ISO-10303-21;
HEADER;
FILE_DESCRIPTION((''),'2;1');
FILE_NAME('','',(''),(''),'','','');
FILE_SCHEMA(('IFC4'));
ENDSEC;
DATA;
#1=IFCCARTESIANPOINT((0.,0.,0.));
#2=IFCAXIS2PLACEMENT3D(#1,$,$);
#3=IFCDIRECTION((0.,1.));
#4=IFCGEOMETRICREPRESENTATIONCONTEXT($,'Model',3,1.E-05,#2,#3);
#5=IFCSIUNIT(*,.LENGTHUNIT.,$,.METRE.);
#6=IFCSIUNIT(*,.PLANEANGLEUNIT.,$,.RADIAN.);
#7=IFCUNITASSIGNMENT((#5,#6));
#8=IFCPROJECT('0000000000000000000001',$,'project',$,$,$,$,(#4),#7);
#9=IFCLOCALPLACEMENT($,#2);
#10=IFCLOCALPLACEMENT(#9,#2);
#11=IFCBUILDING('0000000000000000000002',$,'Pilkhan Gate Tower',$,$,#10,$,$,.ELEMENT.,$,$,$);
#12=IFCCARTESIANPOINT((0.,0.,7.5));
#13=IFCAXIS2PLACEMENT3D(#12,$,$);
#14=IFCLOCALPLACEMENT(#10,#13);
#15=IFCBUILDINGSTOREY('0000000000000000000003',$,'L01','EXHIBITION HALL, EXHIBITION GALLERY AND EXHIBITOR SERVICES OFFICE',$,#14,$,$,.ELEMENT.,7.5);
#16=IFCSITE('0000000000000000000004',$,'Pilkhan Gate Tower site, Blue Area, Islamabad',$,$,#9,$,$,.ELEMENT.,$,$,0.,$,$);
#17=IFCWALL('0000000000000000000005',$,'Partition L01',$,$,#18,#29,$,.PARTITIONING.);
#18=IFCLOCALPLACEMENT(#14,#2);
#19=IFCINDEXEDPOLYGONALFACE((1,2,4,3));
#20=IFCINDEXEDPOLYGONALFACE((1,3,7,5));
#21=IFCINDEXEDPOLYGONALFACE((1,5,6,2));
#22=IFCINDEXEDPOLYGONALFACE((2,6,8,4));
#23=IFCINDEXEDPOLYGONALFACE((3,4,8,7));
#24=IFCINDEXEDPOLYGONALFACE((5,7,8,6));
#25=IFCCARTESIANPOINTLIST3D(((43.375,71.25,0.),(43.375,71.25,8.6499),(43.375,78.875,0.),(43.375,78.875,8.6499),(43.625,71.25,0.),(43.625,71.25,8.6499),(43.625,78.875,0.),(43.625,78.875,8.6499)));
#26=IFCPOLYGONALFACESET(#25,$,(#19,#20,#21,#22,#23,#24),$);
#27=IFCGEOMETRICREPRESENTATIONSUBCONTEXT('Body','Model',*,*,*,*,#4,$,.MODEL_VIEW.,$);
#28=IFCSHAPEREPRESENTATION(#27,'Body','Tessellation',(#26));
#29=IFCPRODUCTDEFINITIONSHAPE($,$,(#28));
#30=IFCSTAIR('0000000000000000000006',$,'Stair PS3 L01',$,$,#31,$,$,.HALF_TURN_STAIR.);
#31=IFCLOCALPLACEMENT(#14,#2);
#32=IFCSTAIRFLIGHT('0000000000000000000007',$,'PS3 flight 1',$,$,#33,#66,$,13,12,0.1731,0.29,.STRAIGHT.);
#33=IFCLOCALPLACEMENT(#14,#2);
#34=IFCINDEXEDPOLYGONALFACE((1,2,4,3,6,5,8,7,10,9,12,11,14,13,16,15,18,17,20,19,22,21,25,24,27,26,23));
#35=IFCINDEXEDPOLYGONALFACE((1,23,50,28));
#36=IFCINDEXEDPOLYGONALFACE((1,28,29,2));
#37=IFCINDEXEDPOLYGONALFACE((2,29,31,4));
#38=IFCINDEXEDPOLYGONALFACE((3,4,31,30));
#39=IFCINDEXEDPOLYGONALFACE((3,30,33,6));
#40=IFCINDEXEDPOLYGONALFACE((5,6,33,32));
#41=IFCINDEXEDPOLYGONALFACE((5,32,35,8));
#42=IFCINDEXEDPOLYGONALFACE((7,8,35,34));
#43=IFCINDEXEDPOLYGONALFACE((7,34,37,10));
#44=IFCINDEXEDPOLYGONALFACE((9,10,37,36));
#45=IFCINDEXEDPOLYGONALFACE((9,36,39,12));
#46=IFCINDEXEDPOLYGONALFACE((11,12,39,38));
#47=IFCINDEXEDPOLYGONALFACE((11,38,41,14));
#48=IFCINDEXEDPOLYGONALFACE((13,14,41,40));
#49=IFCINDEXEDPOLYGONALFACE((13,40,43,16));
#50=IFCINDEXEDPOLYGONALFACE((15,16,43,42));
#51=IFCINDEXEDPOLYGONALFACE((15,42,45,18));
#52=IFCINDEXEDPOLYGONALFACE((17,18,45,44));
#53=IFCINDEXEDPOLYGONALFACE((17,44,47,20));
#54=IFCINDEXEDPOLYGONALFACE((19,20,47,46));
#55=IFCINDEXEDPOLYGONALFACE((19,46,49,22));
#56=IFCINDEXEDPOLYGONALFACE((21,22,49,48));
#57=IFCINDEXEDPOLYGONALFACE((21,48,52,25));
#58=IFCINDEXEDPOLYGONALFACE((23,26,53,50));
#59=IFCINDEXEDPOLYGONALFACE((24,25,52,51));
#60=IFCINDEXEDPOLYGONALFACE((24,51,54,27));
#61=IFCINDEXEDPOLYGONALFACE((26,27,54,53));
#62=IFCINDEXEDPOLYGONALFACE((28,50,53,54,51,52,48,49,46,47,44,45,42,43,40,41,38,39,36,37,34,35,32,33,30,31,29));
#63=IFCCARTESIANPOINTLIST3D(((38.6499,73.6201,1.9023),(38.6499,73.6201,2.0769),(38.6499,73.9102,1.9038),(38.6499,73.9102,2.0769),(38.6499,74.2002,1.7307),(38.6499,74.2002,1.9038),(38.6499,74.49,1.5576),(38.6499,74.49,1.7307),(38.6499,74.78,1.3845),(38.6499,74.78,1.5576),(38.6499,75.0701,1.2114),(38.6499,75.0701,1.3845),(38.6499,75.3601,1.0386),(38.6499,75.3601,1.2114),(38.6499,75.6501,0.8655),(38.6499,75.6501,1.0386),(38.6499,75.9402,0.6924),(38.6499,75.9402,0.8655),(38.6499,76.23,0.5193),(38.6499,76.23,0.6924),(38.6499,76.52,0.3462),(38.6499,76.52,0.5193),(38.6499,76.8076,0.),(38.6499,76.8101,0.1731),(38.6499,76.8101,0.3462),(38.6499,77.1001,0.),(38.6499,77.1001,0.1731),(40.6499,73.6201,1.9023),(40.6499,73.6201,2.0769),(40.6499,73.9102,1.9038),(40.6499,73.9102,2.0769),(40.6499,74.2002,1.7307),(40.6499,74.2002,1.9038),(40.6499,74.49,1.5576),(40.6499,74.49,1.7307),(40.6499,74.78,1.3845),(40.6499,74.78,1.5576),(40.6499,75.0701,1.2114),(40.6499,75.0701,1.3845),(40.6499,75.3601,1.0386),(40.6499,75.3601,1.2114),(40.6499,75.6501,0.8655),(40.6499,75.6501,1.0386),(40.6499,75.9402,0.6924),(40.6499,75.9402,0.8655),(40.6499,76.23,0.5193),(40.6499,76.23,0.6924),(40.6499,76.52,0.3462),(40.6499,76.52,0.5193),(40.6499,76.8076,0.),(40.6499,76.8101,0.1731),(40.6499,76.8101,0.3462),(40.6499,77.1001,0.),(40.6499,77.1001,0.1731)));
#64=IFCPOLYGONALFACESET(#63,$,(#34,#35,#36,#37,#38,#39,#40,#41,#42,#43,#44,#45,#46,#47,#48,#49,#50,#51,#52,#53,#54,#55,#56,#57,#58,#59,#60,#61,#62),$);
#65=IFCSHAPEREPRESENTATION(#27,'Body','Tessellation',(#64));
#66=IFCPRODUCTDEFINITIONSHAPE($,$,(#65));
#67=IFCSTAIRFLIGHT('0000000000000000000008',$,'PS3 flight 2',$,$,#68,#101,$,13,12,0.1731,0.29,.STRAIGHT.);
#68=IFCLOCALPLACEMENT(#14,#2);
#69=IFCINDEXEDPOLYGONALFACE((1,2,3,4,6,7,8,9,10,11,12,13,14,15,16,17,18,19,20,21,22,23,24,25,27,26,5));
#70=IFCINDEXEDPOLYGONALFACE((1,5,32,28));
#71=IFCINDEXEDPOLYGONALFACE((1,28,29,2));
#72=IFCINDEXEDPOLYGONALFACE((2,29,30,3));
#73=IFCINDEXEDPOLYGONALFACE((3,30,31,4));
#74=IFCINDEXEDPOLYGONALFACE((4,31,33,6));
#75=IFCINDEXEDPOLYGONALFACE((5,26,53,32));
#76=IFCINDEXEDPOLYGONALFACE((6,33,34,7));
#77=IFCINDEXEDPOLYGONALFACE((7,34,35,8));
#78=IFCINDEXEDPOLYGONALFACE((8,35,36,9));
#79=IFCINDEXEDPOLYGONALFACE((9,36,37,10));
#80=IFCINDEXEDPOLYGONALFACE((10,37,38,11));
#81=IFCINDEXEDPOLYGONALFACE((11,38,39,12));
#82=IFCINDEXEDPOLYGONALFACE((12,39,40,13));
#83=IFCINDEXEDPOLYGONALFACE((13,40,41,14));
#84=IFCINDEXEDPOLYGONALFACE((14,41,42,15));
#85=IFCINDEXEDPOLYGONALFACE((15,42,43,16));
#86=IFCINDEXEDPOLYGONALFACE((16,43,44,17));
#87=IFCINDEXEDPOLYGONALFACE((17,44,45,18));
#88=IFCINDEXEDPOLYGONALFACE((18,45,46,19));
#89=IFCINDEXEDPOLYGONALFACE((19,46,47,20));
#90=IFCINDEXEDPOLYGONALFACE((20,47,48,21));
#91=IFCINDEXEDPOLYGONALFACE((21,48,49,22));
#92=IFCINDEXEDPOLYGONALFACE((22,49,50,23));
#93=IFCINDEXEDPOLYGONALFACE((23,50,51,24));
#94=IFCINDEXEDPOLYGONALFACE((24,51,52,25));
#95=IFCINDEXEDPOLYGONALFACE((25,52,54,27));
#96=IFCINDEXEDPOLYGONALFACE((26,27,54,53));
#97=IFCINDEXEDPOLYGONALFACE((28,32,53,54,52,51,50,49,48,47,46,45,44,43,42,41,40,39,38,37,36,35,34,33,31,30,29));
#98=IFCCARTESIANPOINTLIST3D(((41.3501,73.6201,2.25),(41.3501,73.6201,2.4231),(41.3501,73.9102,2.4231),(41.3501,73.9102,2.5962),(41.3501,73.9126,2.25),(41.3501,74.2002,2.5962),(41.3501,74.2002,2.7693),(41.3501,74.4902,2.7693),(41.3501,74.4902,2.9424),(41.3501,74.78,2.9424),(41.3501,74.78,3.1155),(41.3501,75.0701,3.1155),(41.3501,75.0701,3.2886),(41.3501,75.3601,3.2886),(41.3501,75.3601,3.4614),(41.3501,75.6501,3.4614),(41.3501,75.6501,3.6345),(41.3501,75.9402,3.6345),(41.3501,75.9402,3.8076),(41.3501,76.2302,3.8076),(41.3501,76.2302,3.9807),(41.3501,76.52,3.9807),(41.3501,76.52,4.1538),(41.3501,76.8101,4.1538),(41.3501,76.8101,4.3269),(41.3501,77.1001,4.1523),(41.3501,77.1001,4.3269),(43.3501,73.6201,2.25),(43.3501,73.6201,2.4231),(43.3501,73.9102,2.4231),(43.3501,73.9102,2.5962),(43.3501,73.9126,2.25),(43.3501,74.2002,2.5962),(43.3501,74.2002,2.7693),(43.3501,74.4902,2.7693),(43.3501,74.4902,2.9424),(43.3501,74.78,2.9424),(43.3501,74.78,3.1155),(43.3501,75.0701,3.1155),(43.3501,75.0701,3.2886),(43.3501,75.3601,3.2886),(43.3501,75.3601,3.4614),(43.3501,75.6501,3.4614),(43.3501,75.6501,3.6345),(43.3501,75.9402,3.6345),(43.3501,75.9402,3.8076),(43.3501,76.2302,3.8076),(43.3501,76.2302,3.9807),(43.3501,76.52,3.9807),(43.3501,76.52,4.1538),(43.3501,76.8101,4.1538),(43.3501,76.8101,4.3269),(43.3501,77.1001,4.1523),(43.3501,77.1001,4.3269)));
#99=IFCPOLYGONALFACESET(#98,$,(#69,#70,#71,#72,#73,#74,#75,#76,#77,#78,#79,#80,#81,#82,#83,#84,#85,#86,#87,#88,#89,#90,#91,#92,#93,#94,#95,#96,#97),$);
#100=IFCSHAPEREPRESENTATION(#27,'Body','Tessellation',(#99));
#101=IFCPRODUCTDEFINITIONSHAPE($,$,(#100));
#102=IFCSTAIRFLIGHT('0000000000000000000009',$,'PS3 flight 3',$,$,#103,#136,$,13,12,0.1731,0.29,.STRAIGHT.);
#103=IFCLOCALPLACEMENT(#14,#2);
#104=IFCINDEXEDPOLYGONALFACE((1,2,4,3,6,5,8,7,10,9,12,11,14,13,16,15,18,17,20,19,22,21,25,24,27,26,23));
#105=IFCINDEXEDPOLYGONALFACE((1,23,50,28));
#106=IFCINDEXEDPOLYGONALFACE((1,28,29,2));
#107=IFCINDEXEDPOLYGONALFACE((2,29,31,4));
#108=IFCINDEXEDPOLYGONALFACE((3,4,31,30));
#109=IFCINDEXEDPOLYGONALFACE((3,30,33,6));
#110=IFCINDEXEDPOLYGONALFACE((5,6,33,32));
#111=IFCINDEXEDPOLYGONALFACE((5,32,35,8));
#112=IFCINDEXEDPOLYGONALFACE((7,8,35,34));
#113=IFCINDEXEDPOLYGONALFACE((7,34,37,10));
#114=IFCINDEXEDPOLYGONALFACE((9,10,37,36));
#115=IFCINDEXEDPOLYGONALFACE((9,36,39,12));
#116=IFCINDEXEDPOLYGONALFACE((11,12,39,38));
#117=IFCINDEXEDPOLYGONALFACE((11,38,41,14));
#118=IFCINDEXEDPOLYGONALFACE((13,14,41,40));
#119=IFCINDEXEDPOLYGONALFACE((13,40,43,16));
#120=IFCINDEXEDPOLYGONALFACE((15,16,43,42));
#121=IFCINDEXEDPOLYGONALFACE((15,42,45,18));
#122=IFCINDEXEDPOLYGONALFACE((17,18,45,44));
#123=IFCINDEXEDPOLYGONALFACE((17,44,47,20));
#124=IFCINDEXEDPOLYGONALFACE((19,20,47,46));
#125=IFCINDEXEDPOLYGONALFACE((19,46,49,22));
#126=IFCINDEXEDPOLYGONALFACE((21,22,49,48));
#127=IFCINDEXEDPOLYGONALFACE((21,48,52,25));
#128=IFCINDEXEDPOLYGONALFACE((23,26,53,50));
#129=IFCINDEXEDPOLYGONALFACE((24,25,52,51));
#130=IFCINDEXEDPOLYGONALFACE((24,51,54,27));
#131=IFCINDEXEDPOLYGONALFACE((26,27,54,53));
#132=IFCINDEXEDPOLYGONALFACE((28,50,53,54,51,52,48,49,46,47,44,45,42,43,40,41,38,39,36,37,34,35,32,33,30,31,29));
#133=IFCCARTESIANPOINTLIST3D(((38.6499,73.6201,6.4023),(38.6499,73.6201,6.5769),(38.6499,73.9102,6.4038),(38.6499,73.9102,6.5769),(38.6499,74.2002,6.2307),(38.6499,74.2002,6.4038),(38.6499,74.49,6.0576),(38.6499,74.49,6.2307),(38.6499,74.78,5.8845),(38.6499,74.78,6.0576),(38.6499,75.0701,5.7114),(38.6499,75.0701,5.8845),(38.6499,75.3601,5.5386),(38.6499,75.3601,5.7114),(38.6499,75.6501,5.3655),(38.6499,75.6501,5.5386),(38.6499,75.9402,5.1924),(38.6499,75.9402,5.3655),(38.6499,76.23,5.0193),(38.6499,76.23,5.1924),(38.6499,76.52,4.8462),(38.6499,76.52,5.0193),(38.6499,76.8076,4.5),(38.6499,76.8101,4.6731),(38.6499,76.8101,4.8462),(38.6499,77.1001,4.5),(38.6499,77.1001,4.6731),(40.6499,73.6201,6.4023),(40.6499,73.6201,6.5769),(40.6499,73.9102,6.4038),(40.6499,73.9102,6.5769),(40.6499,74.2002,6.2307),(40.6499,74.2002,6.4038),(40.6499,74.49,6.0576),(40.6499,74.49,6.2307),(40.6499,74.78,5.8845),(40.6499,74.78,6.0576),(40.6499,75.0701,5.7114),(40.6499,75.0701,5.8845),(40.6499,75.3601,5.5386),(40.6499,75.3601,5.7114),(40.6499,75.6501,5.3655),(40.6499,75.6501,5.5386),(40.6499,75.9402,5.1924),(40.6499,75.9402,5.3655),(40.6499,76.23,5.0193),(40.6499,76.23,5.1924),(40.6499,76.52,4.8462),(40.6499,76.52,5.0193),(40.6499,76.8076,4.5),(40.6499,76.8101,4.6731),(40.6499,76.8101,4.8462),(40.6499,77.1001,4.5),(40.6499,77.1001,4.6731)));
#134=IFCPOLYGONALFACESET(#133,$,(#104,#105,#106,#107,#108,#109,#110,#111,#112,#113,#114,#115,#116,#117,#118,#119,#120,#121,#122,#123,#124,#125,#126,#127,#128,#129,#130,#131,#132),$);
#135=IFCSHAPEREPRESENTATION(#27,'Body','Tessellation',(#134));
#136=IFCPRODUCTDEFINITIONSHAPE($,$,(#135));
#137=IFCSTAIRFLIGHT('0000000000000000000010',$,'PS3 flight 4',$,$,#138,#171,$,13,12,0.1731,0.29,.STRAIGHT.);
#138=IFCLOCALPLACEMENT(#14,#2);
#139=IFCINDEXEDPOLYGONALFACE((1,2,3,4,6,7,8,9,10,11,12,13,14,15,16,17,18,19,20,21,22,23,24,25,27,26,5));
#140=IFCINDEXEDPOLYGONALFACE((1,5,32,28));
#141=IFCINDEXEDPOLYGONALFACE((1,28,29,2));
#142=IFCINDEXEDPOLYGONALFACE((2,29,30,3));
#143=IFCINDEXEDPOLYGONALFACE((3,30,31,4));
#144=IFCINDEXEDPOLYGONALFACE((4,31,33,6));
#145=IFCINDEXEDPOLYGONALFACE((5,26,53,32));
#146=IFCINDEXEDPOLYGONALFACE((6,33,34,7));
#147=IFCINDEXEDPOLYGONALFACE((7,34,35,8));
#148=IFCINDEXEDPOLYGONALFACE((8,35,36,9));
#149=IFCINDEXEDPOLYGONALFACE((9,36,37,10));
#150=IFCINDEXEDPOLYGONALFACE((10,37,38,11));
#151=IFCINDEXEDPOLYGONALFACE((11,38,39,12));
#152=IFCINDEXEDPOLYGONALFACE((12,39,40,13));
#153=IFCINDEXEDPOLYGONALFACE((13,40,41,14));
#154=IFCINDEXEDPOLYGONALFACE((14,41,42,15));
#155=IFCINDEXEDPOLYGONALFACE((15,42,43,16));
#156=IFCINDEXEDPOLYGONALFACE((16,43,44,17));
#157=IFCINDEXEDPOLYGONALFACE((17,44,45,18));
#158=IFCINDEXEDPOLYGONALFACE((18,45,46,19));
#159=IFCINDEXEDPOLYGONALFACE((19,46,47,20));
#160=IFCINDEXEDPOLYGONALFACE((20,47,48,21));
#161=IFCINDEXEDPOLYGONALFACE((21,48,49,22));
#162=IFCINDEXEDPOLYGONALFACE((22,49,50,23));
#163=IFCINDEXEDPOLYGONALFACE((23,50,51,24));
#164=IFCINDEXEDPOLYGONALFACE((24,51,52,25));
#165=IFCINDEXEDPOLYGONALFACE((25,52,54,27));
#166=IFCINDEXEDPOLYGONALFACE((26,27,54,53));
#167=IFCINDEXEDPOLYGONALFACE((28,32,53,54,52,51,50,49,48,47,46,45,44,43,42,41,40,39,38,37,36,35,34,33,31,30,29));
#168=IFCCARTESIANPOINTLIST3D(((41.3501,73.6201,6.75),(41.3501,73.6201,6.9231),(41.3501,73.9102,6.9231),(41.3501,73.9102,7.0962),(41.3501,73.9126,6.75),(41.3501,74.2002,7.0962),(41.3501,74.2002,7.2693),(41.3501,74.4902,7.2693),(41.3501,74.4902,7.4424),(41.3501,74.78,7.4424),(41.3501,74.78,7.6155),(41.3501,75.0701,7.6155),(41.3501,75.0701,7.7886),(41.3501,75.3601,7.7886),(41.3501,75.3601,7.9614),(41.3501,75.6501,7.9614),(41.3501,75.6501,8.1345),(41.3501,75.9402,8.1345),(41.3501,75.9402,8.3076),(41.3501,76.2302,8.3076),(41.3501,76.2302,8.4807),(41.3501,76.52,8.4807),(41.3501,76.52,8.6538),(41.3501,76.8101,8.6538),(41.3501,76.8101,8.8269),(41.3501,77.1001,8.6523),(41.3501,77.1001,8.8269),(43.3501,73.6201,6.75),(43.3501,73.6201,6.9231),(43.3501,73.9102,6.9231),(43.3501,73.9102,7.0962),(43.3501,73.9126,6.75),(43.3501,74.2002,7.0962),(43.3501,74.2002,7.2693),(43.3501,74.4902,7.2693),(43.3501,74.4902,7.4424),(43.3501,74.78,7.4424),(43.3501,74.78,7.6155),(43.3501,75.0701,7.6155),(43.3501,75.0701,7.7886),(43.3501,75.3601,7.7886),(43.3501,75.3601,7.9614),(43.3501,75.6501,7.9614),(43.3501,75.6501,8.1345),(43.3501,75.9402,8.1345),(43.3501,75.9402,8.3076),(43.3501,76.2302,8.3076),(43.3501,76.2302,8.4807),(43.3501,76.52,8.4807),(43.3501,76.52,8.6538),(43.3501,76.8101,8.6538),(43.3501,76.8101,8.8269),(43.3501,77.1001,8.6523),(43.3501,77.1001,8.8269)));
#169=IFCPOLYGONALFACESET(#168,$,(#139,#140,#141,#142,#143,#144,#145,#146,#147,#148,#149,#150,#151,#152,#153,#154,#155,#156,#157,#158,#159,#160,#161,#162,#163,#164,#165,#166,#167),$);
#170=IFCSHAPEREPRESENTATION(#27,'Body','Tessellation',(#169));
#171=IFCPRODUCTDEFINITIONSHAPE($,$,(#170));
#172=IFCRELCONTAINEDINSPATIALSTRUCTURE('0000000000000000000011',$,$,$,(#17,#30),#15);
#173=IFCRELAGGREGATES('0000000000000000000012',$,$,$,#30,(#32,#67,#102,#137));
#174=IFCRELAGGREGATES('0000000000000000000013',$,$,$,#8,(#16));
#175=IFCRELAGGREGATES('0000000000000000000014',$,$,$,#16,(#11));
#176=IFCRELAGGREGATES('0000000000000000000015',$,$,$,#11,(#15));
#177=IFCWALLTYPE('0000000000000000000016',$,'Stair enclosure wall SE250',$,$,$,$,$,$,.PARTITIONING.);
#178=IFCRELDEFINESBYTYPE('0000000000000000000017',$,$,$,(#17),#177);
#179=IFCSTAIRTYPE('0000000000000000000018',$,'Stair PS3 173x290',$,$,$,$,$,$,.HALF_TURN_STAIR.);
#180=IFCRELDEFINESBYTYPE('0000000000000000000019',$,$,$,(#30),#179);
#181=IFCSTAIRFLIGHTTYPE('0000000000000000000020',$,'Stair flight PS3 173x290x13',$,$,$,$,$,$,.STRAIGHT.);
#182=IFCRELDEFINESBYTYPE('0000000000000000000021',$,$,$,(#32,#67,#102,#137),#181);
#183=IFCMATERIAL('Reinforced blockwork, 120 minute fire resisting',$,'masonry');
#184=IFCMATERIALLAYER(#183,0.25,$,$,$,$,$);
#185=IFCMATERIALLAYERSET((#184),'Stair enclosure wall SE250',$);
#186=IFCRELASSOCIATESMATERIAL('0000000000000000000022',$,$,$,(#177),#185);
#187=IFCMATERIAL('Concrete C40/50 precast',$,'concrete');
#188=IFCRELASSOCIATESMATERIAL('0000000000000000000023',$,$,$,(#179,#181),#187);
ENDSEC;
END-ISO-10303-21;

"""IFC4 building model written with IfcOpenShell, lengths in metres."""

from ifc_helpers import new_model, si_unit, direction, frame, frame_2d, origin, place, context, subcontext, project, spatial, polyline, rectangle, outline, extrude, material, layer, layer_set, type_object, element, aggregate, save


model = new_model("IFC4")

# Units and contexts
model_context = context("Model", 3, precision=1e-05, world=origin(), true_north=direction((0.0, 1.0)))
body_context = subcontext(model_context, "Body", "Model", "MODEL_VIEW")
ifc_project = project(units=[si_unit("LENGTHUNIT", "METRE"), si_unit("PLANEANGLEUNIT", "RADIAN")], contexts=[model_context])

# Site, building, storey
site_placement = place(None, origin())
site = spatial("IfcSite", under=ifc_project, at=site_placement, Name="Pilkhan Gate Tower site, Blue Area, Islamabad", CompositionType="ELEMENT", RefElevation=0.0)
building_placement = place(site_placement, origin())
building = spatial("IfcBuilding", under=site, at=building_placement, Name="Pilkhan Gate Tower", CompositionType="ELEMENT")
storey_placement = place(building_placement, frame((0.0, 0.0, 7.5)))
storey = spatial("IfcBuildingStorey", under=building, at=storey_placement, Name="L01", Description="EXHIBITION HALL, EXHIBITION GALLERY AND EXHIBITOR SERVICES OFFICE", CompositionType="ELEMENT", Elevation=7.5)

# Wall
ifc_material_1 = material(Name="Reinforced blockwork, 120 minute fire resisting", Category="masonry")
ifc_layer_1 = layer(ifc_material_1, 0.25)
ifc_layer_set_1 = layer_set([ifc_layer_1], Name="Stair enclosure wall SE250")
wall_type_1 = type_object("IfcWallType", Name="Stair enclosure wall SE250", PredefinedType="PARTITIONING", material=ifc_layer_set_1)
for number, where, z_axis, x_axis, name in (
    (1, (43.5, 71.25, 0.0), (0.0, 0.0, 1.0), (0.0, 1.0, 0.0), "Partition L01"),
):
    element("IfcWall", number, at=place(storey_placement, frame(where, z_axis=z_axis, x_axis=x_axis)), inside=storey, type_object=wall_type_1, Name=name, PredefinedType="PARTITIONING", context=body_context, shape_type="SweptSolid", body=[
        extrude(rectangle(XDim=7.625, YDim=0.25, at=frame_2d((3.8125, 0.0))), origin(), (0.0, 0.0, 1.0), 8.6499),
    ])

# Stair, stair flights
ifc_material_2 = material(Name="Concrete C40/50 precast", Category="concrete")
stair_type = type_object("IfcStairType", Name="Stair PS3 173x290", PredefinedType="HALF_TURN_STAIR", material=ifc_material_2)
stair_placement = place(storey_placement, origin())
stair = element("IfcStair", 2, at=stair_placement, inside=storey, type_object=stair_type, Name="Stair PS3 L01", PredefinedType="HALF_TURN_STAIR")
stair_flight_type = type_object("IfcStairFlightType", Name="Stair flight PS3 173x290x13", PredefinedType="STRAIGHT", material=ifc_material_2)
stair_flight_1_placement = place(storey_placement, frame((39.6499, 77.1001, 0.0), z_axis=(0.0, 0.0, 1.0), x_axis=(0.0, -1.0, 0.0)))
stair_flight_1 = element("IfcStairFlight", 3, at=stair_flight_1_placement, type_object=stair_flight_type, Name="PS3 flight 1", NumberOfRisers=13, NumberOfTreads=12, PredefinedType="STRAIGHT", RiserHeight=0.1731, TreadLength=0.29, context=body_context, shape_type="SweptSolid", body=[
    extrude(outline(polyline([(0.0, 0.0), (0.0, 0.1731), (0.29, 0.1731), (0.29, 0.3462), (0.5801, 0.3462), (0.5801, 0.5193), (0.8701, 0.5193), (0.8701, 0.6924), (1.1599, 0.6924), (1.1599, 0.8655), (1.45, 0.8655), (1.45, 1.0386), (1.74, 1.0386), (1.74, 1.2114), (2.03, 1.2114), (2.03, 1.3845), (2.3201, 1.3845), (2.3201, 1.5576), (2.6101, 1.5576), (2.6101, 1.7307), (2.8999, 1.7307), (2.8999, 1.9038), (3.1899, 1.9038), (3.1899, 2.0769), (3.48, 2.0769), (3.48, 2.25), (3.48, 1.9023), (0.2925, 0.0), (0.0, 0.0)])), frame((0.0, 1.0, 0.0), z_axis=(0.0, -1.0, 0.0), x_axis=(1.0, 0.0, 0.0)), (0.0, 0.0, 1.0), 2.0),
])
stair_flight_2_placement = place(storey_placement, frame((42.3501, 73.6201, 2.25), z_axis=(0.0, 0.0, 1.0), x_axis=(0.0, 1.0, 0.0)))
stair_flight_2 = element("IfcStairFlight", 4, at=stair_flight_2_placement, type_object=stair_flight_type, Name="PS3 flight 2", NumberOfRisers=13, NumberOfTreads=12, PredefinedType="STRAIGHT", RiserHeight=0.1731, TreadLength=0.29, context=body_context, shape_type="SweptSolid", body=[
    extrude(outline(polyline([(0.0, 0.0), (0.0, 0.1731), (0.29, 0.1731), (0.29, 0.3462), (0.5801, 0.3462), (0.5801, 0.5193), (0.8701, 0.5193), (0.8701, 0.6924), (1.1599, 0.6924), (1.1599, 0.8655), (1.45, 0.8655), (1.45, 1.0386), (1.74, 1.0386), (1.74, 1.2114), (2.03, 1.2114), (2.03, 1.3845), (2.3201, 1.3845), (2.3201, 1.5576), (2.6101, 1.5576), (2.6101, 1.7307), (2.8999, 1.7307), (2.8999, 1.9038), (3.1899, 1.9038), (3.1899, 2.0769), (3.48, 2.0769), (3.48, 2.25), (3.48, 1.9023), (0.2925, 0.0), (0.0, 0.0)])), frame((0.0, 1.0, 0.0), z_axis=(0.0, -1.0, 0.0), x_axis=(1.0, 0.0, 0.0)), (0.0, 0.0, 1.0), 2.0),
])
stair_flight_3_placement = place(storey_placement, frame((39.6499, 77.1001, 4.5), z_axis=(0.0, 0.0, 1.0), x_axis=(0.0, -1.0, 0.0)))
stair_flight_3 = element("IfcStairFlight", 5, at=stair_flight_3_placement, type_object=stair_flight_type, Name="PS3 flight 3", NumberOfRisers=13, NumberOfTreads=12, PredefinedType="STRAIGHT", RiserHeight=0.1731, TreadLength=0.29, context=body_context, shape_type="SweptSolid", body=[
    extrude(outline(polyline([(0.0, 0.0), (0.0, 0.1731), (0.29, 0.1731), (0.29, 0.3462), (0.5801, 0.3462), (0.5801, 0.5193), (0.8701, 0.5193), (0.8701, 0.6924), (1.1599, 0.6924), (1.1599, 0.8655), (1.45, 0.8655), (1.45, 1.0386), (1.74, 1.0386), (1.74, 1.2114), (2.03, 1.2114), (2.03, 1.3845), (2.3201, 1.3845), (2.3201, 1.5576), (2.6101, 1.5576), (2.6101, 1.7307), (2.8999, 1.7307), (2.8999, 1.9038), (3.1899, 1.9038), (3.1899, 2.0769), (3.48, 2.0769), (3.48, 2.25), (3.48, 1.9023), (0.2925, 0.0), (0.0, 0.0)])), frame((0.0, 1.0, 0.0), z_axis=(0.0, -1.0, 0.0), x_axis=(1.0, 0.0, 0.0)), (0.0, 0.0, 1.0), 2.0),
])
stair_flight_4_placement = place(storey_placement, frame((42.3501, 73.6201, 6.75), z_axis=(0.0, 0.0, 1.0), x_axis=(0.0, 1.0, 0.0)))
stair_flight_4 = element("IfcStairFlight", 6, at=stair_flight_4_placement, type_object=stair_flight_type, Name="PS3 flight 4", NumberOfRisers=13, NumberOfTreads=12, PredefinedType="STRAIGHT", RiserHeight=0.1731, TreadLength=0.29, context=body_context, shape_type="SweptSolid", body=[
    extrude(outline(polyline([(0.0, 0.0), (0.0, 0.1731), (0.29, 0.1731), (0.29, 0.3462), (0.5801, 0.3462), (0.5801, 0.5193), (0.8701, 0.5193), (0.8701, 0.6924), (1.1599, 0.6924), (1.1599, 0.8655), (1.45, 0.8655), (1.45, 1.0386), (1.74, 1.0386), (1.74, 1.2114), (2.03, 1.2114), (2.03, 1.3845), (2.3201, 1.3845), (2.3201, 1.5576), (2.6101, 1.5576), (2.6101, 1.7307), (2.8999, 1.7307), (2.8999, 1.9038), (3.1899, 1.9038), (3.1899, 2.0769), (3.48, 2.0769), (3.48, 2.25), (3.48, 1.9023), (0.2925, 0.0), (0.0, 0.0)])), frame((0.0, 1.0, 0.0), z_axis=(0.0, -1.0, 0.0), x_axis=(1.0, 0.0, 0.0)), (0.0, 0.0, 1.0), 2.0),
])
aggregate(stair, [stair_flight_1, stair_flight_2, stair_flight_3, stair_flight_4])

save(model, "model.ifc")
